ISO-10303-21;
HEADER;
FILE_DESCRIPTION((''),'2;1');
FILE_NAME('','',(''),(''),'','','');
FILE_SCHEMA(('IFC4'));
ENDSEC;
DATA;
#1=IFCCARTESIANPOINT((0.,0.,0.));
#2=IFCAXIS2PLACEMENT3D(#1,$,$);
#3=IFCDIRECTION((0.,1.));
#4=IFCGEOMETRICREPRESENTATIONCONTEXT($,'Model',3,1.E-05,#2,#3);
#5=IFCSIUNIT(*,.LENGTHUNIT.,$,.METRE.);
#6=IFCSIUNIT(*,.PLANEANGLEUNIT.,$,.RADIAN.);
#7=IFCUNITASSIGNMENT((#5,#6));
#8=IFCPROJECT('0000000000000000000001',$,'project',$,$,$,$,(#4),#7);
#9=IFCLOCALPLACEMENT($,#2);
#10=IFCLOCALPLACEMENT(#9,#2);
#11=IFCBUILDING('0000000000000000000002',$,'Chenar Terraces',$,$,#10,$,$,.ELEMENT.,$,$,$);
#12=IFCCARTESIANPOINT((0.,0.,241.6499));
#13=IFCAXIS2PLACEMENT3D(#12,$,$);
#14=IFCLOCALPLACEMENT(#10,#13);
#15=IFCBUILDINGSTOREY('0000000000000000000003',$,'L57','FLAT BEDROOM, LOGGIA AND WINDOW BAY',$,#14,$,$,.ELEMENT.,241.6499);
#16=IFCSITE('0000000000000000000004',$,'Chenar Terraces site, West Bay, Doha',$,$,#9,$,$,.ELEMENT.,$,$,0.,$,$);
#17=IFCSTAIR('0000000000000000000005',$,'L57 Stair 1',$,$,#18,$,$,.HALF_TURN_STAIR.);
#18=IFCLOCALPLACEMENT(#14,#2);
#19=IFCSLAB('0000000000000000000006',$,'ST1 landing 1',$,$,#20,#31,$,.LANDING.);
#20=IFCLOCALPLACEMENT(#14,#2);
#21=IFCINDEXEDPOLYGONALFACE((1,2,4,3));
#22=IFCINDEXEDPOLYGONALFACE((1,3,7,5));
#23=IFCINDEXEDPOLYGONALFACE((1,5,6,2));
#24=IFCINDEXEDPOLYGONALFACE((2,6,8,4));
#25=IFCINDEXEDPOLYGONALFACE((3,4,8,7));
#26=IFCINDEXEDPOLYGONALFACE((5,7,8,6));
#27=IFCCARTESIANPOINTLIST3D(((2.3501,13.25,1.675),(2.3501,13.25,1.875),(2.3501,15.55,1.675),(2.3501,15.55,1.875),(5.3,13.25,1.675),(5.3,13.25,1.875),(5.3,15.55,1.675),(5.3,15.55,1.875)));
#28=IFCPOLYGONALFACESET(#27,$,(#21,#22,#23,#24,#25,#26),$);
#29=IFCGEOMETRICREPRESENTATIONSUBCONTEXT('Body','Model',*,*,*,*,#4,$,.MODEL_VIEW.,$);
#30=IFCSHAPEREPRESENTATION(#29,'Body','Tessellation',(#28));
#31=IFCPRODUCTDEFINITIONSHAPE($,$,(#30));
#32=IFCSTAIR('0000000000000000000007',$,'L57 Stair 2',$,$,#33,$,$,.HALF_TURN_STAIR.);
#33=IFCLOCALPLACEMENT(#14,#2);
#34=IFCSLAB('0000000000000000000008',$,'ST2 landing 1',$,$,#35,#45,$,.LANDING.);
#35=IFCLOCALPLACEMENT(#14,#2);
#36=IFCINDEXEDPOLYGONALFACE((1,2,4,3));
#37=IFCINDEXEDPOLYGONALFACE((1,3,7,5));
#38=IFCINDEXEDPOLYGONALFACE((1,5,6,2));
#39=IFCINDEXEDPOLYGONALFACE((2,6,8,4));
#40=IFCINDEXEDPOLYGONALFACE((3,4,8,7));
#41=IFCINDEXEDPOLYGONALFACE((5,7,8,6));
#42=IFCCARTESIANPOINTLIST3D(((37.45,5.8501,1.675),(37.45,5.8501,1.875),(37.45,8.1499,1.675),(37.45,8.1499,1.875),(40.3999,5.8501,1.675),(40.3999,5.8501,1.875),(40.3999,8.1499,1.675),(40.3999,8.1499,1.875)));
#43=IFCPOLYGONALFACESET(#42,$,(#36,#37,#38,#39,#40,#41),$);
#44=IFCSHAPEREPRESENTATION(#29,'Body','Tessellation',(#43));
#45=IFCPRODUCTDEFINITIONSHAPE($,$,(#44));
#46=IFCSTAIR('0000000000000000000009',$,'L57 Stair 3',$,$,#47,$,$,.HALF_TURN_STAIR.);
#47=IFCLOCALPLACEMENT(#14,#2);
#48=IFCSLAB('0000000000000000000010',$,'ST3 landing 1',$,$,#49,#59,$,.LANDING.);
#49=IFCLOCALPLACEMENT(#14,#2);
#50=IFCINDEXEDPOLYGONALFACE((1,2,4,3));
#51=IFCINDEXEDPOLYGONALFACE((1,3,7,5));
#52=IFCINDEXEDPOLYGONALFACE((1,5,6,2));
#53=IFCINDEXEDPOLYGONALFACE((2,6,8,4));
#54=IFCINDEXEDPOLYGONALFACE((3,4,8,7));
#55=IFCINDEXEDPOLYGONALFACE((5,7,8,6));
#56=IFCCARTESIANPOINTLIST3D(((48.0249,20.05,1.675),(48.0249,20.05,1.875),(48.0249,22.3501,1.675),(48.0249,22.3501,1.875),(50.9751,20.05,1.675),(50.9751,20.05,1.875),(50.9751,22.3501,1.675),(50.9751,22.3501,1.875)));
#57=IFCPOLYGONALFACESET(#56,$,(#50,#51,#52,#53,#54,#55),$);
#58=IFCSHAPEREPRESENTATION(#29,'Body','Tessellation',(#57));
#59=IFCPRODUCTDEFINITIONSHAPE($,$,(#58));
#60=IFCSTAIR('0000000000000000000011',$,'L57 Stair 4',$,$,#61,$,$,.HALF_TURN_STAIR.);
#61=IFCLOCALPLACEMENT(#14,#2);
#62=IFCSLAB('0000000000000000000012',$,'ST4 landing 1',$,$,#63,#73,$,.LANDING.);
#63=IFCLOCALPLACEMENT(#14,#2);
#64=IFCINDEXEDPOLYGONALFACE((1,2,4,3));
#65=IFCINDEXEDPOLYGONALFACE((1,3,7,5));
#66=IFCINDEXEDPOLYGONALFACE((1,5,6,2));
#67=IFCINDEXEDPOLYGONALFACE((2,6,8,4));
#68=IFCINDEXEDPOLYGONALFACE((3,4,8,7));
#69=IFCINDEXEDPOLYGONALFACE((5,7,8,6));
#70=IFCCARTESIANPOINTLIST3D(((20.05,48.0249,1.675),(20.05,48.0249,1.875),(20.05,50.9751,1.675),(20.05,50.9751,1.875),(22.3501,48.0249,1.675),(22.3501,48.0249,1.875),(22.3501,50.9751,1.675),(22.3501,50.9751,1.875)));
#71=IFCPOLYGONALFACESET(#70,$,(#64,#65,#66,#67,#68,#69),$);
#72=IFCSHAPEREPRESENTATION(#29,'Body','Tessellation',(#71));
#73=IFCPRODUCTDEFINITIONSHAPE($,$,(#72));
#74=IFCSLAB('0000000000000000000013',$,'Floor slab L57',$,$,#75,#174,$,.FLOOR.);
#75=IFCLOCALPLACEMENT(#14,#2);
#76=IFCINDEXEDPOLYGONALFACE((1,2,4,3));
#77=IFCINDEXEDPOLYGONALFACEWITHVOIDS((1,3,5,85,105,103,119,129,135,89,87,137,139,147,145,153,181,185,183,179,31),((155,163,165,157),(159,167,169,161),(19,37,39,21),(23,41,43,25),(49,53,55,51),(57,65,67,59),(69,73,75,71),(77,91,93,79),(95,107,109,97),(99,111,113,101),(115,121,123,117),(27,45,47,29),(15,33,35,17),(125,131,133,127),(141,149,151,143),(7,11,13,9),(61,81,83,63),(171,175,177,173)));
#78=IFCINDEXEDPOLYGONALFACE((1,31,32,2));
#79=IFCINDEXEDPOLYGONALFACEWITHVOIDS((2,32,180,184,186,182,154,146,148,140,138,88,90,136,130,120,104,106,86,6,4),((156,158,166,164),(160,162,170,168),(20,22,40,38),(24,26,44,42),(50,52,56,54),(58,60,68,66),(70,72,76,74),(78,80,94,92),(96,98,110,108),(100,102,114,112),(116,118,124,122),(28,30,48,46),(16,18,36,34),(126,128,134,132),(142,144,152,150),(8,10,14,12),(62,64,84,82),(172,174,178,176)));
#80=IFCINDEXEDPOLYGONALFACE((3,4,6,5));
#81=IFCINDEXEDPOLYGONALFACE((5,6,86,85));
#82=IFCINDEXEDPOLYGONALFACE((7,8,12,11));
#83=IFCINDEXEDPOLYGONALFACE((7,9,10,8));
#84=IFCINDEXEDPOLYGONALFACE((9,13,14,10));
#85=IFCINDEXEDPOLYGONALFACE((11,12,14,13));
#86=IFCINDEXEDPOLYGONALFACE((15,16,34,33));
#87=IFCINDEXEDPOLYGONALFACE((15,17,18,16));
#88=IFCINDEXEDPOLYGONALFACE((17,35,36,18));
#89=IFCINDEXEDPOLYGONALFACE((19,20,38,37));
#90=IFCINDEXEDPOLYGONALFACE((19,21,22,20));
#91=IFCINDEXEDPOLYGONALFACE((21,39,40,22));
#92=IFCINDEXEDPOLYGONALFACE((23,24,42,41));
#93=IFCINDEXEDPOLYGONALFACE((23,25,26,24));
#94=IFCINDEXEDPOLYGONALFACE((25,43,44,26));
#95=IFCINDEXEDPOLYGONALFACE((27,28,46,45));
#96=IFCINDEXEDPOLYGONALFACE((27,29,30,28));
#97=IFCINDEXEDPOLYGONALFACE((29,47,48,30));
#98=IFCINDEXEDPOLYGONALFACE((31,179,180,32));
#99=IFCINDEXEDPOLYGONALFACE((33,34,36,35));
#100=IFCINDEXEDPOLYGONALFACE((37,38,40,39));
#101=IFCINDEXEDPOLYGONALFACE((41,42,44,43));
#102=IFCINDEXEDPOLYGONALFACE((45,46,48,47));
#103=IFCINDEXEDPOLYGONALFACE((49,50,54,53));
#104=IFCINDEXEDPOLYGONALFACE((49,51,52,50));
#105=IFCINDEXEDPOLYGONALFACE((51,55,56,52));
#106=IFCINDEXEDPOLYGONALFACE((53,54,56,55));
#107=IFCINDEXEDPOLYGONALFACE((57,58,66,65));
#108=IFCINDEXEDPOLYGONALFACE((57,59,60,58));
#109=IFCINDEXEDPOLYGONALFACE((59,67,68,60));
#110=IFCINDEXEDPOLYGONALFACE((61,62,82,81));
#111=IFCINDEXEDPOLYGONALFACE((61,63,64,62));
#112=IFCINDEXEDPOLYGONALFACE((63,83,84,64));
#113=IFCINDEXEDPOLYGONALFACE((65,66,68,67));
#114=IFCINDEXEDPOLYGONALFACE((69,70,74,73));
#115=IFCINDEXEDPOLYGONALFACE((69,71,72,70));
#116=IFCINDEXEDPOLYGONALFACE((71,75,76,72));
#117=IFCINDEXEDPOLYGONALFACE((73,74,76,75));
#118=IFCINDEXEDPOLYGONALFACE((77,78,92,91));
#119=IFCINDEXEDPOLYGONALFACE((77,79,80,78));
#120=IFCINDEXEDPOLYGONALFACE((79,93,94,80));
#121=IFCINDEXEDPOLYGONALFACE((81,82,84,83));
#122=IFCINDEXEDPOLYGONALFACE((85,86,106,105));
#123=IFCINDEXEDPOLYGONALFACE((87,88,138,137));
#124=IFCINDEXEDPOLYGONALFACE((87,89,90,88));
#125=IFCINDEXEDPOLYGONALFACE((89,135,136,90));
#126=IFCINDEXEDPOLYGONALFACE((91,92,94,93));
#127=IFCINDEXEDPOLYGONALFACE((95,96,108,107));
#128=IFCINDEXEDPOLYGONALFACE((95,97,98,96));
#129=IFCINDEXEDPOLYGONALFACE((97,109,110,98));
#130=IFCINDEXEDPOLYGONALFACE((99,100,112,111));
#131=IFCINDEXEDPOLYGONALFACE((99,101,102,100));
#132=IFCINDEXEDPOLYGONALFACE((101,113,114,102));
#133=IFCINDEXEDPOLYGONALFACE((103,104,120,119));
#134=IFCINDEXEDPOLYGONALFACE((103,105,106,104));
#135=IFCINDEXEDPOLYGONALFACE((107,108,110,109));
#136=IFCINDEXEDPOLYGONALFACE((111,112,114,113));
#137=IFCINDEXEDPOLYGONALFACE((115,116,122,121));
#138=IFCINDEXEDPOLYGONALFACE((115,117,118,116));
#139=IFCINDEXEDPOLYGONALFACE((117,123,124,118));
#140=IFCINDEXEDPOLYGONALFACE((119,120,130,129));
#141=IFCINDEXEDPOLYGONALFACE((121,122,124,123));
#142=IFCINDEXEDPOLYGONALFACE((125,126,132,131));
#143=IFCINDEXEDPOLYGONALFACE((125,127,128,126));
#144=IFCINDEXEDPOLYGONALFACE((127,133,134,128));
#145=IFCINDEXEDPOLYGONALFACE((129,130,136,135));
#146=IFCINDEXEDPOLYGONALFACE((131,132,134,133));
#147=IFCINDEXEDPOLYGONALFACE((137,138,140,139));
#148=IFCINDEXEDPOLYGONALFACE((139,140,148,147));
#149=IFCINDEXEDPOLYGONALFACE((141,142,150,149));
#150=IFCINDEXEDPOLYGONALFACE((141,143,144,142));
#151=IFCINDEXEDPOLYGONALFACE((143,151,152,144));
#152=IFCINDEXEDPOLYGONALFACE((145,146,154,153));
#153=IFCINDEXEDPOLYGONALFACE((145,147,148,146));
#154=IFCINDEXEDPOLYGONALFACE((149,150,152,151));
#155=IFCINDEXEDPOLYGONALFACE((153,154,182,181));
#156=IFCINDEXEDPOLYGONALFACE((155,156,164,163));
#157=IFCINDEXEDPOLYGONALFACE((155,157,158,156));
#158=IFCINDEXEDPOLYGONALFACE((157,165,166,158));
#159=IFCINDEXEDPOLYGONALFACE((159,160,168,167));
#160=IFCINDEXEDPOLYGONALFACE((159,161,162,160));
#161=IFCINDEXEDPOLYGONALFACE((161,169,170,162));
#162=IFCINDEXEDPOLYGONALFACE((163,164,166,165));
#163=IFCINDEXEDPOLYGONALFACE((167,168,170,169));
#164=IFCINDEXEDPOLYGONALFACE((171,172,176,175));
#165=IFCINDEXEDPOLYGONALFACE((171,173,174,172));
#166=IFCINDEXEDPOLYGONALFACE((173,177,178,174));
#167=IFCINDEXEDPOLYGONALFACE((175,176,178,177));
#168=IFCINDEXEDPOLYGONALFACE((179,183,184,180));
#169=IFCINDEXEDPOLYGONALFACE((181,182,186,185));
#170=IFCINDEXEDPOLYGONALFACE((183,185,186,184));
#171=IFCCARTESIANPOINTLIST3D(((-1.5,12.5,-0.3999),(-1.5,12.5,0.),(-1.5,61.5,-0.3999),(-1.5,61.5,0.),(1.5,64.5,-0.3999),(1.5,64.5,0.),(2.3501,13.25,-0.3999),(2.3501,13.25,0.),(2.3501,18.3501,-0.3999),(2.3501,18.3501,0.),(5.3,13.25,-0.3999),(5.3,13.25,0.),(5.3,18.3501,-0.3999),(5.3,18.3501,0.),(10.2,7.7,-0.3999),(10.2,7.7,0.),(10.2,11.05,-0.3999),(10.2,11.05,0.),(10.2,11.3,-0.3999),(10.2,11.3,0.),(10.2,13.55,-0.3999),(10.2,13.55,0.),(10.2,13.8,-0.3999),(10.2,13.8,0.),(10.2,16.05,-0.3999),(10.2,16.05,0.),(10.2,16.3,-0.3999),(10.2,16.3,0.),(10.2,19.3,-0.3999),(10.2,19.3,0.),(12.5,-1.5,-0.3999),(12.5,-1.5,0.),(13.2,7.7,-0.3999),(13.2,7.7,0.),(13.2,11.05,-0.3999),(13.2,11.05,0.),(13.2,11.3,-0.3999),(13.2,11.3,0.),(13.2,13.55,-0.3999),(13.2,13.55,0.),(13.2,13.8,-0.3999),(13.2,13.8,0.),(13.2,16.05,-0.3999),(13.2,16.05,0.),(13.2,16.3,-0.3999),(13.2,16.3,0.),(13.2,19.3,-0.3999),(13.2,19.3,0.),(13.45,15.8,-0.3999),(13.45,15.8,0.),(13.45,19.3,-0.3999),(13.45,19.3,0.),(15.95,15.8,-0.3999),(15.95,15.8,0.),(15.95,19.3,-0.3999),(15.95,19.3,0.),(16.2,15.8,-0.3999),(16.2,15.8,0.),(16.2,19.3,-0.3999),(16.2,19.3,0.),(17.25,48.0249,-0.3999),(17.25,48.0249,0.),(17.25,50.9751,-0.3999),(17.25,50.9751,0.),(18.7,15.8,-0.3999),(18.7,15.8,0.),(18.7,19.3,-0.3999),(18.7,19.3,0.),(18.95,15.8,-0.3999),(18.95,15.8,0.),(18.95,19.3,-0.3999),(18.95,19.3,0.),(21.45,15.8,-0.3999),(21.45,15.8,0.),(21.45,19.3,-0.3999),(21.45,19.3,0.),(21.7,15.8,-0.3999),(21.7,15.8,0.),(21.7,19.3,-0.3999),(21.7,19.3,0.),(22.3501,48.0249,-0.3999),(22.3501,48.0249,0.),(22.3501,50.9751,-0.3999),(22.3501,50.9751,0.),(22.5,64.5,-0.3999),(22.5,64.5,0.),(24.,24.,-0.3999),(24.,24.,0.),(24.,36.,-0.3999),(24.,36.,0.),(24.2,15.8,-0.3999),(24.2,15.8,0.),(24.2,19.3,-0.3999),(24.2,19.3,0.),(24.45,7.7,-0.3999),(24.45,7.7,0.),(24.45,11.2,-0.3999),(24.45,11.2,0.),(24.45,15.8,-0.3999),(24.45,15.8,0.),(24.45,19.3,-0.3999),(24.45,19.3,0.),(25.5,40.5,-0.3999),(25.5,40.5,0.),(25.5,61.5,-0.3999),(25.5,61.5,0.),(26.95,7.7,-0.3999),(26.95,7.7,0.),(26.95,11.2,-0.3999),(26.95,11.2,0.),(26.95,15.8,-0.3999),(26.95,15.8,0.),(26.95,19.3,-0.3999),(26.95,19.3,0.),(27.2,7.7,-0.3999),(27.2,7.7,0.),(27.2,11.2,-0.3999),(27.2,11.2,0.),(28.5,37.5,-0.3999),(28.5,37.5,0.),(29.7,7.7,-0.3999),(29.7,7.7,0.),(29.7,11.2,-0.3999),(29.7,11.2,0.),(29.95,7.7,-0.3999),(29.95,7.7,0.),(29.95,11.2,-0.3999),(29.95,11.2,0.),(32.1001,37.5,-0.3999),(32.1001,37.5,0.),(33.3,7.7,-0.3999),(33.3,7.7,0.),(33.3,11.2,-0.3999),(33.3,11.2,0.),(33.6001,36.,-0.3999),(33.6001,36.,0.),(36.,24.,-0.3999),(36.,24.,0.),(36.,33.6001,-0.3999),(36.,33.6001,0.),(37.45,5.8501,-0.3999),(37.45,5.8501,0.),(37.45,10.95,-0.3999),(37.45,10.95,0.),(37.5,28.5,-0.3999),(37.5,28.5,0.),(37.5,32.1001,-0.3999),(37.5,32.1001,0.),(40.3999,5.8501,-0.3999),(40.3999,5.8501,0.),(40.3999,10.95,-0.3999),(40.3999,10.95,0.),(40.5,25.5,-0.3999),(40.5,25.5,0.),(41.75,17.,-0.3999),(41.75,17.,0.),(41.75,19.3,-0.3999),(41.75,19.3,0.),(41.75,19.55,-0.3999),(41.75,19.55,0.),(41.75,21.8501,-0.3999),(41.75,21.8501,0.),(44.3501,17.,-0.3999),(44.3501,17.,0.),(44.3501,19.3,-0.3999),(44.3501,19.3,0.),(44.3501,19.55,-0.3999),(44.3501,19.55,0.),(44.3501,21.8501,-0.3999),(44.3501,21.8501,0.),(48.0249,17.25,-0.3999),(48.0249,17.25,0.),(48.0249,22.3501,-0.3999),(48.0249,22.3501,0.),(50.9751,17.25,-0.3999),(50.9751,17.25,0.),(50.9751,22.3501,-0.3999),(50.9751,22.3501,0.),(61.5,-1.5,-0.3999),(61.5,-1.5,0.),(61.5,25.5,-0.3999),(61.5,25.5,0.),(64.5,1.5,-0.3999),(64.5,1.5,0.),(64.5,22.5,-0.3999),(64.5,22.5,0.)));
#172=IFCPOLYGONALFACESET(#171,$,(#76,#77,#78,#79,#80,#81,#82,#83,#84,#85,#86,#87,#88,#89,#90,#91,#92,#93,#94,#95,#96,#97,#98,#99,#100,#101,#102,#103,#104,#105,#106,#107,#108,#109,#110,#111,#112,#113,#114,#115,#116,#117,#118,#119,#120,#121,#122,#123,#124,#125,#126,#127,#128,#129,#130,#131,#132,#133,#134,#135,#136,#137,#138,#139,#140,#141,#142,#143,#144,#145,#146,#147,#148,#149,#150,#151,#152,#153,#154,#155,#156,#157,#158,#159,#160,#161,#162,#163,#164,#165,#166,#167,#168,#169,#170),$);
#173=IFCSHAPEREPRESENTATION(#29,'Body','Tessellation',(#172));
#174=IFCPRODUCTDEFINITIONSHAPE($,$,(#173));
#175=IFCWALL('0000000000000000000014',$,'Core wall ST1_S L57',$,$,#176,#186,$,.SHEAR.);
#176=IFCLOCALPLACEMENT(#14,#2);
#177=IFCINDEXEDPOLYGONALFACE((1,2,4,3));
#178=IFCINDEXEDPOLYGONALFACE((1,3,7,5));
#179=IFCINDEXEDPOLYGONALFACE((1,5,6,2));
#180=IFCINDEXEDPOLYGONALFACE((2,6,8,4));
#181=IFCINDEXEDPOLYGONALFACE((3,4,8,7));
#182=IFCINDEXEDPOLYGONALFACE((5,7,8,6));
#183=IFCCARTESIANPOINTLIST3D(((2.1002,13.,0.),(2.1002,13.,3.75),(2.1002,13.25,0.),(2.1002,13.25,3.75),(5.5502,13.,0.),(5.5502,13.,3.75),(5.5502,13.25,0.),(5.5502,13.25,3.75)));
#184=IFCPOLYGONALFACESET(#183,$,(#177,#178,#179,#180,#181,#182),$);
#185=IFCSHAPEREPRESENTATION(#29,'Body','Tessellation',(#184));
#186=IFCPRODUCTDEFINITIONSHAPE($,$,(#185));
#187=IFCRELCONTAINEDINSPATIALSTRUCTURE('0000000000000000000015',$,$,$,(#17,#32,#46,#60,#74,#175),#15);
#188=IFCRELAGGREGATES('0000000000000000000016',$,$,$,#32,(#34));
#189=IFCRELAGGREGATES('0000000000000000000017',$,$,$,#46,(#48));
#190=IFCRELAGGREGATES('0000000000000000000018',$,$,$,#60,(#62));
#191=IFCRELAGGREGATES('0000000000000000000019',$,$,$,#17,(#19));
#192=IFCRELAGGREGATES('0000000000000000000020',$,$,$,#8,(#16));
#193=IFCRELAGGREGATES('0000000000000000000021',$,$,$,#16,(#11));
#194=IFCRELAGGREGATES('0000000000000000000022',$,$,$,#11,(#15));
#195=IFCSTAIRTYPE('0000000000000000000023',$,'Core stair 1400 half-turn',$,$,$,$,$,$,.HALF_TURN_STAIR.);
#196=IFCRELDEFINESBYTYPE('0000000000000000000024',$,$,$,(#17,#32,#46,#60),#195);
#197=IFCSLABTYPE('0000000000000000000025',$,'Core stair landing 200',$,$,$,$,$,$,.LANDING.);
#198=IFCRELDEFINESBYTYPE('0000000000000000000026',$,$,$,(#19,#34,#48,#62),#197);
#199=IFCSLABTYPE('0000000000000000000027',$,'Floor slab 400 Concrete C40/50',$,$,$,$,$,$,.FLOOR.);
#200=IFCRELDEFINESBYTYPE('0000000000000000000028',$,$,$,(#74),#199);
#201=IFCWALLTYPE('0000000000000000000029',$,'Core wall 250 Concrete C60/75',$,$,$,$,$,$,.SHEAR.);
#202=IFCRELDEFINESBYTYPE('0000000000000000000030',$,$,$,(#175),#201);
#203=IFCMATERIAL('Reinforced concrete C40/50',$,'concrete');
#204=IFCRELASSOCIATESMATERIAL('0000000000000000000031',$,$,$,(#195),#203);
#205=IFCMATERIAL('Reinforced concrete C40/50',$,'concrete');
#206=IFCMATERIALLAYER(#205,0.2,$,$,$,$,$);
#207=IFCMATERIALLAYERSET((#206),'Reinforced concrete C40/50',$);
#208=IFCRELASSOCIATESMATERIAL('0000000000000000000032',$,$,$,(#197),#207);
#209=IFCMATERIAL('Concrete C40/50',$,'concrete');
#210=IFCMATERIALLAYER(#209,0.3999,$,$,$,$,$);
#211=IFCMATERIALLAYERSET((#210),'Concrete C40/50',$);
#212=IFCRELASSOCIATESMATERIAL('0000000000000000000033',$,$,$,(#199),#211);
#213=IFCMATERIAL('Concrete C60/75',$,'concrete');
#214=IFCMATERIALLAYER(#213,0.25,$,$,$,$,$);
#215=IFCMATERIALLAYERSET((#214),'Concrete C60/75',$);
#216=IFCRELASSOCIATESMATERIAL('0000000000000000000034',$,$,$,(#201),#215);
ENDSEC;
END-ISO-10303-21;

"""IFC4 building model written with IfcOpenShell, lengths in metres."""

from ifc_helpers import new_model, si_unit, direction, frame, frame_2d, origin, place, context, subcontext, project, spatial, polyline, rectangle, outline, extrude, material, layer, layer_set, type_object, element, aggregate, save


model = new_model("IFC4")

# Units and contexts
model_context = context("Model", 3, precision=1e-05, world=origin(), true_north=direction((0.0, 1.0)))
body_context = subcontext(model_context, "Body", "Model", "MODEL_VIEW")
ifc_project = project(units=[si_unit("LENGTHUNIT", "METRE"), si_unit("PLANEANGLEUNIT", "RADIAN")], contexts=[model_context])

# Site, building, storey
site_placement = place(None, origin())
site = spatial("IfcSite", under=ifc_project, at=site_placement, Name="Chenar Terraces site, West Bay, Doha", CompositionType="ELEMENT", RefElevation=0.0)
building_placement = place(site_placement, origin())
building = spatial("IfcBuilding", under=site, at=building_placement, Name="Chenar Terraces", CompositionType="ELEMENT")
storey_placement = place(building_placement, frame((0.0, 0.0, 241.6499)))
storey = spatial("IfcBuildingStorey", under=building, at=storey_placement, Name="L57", Description="FLAT BEDROOM, LOGGIA AND WINDOW BAY", CompositionType="ELEMENT", Elevation=241.6499)

# Stairs, slabs
ifc_material_1 = material(Name="Reinforced concrete C40/50", Category="concrete")
stair_type = type_object("IfcStairType", Name="Core stair 1400 half-turn", PredefinedType="HALF_TURN_STAIR", material=ifc_material_1)
placement_1 = place(storey_placement, origin())
stair_1 = element("IfcStair", 1, at=placement_1, inside=storey, type_object=stair_type, Name="L57 Stair 1", PredefinedType="HALF_TURN_STAIR")
ifc_material_2 = material(Name="Reinforced concrete C40/50", Category="concrete")
ifc_layer_1 = layer(ifc_material_2, 0.2)
ifc_layer_set_1 = layer_set([ifc_layer_1], Name="Reinforced concrete C40/50")
slab_type_1 = type_object("IfcSlabType", Name="Core stair landing 200", PredefinedType="LANDING", material=ifc_layer_set_1)
placement_2 = place(storey_placement, frame((0.0, 0.0, 1.675)))
slab_1 = element("IfcSlab", 2, at=placement_2, type_object=slab_type_1, Name="ST1 landing 1", PredefinedType="LANDING", context=body_context, shape_type="SweptSolid", body=[
    extrude(outline(polyline([(2.3501, 15.55), (2.3501, 13.25), (5.3, 13.25), (5.3, 15.55), (2.3501, 15.55)])), origin(), (0.0, 0.0, 1.0), 0.2),
])
stair_2 = element("IfcStair", 3, at=placement_1, inside=storey, type_object=stair_type, Name="L57 Stair 2", PredefinedType="HALF_TURN_STAIR")
slab_2 = element("IfcSlab", 4, at=placement_2, type_object=slab_type_1, Name="ST2 landing 1", PredefinedType="LANDING", context=body_context, shape_type="SweptSolid", body=[
    extrude(outline(polyline([(37.45, 8.1499), (37.45, 5.8501), (40.3999, 5.8501), (40.3999, 8.1499), (37.45, 8.1499)])), origin(), (0.0, 0.0, 1.0), 0.2),
])
aggregate(stair_2, [slab_2])
stair_3 = element("IfcStair", 5, at=placement_1, inside=storey, type_object=stair_type, Name="L57 Stair 3", PredefinedType="HALF_TURN_STAIR")
slab_3 = element("IfcSlab", 6, at=placement_2, type_object=slab_type_1, Name="ST3 landing 1", PredefinedType="LANDING", context=body_context, shape_type="SweptSolid", body=[
    extrude(outline(polyline([(50.9751, 20.05), (50.9751, 22.3501), (48.0249, 22.3501), (48.0249, 20.05), (50.9751, 20.05)])), origin(), (0.0, 0.0, 1.0), 0.2),
])
aggregate(stair_3, [slab_3])
stair_4 = element("IfcStair", 7, at=placement_1, inside=storey, type_object=stair_type, Name="L57 Stair 4", PredefinedType="HALF_TURN_STAIR")
slab_4 = element("IfcSlab", 8, at=placement_2, type_object=slab_type_1, Name="ST4 landing 1", PredefinedType="LANDING", context=body_context, shape_type="SweptSolid", body=[
    extrude(outline(polyline([(20.05, 48.0249), (22.3501, 48.0249), (22.3501, 50.9751), (20.05, 50.9751), (20.05, 48.0249)])), origin(), (0.0, 0.0, 1.0), 0.2),
])
aggregate(stair_4, [slab_4])

# Slab
ifc_material_3 = material(Name="Concrete C40/50", Category="concrete")
ifc_layer_2 = layer(ifc_material_3, 0.3999)
ifc_layer_set_2 = layer_set([ifc_layer_2], Name="Concrete C40/50")
slab_type_2 = type_object("IfcSlabType", Name="Floor slab 400 Concrete C40/50", PredefinedType="FLOOR", material=ifc_layer_set_2)
slab_5_placement = place(storey_placement, frame((0.0, 0.0, -0.3999)))
element("IfcSlab", 9, at=slab_5_placement, inside=storey, type_object=slab_type_2, Name="Floor slab L57", PredefinedType="FLOOR", context=body_context, shape_type="SweptSolid", body=[
    extrude(outline(polyline([(64.5, 22.5), (64.5, 1.5), (61.5, -1.5), (12.5, -1.5), (-1.5, 12.5), (-1.5, 61.5), (1.5, 64.5), (22.5, 64.5), (25.5, 61.5), (25.5, 40.5), (28.5, 37.5), (32.1001, 37.5), (33.6001, 36.0), (24.0, 36.0), (24.0, 24.0), (36.0, 24.0), (36.0, 33.6001), (37.5, 32.1001), (37.5, 28.5), (40.5, 25.5), (61.5, 25.5), (64.5, 22.5)]), holes=[polyline([(13.2, 11.05), (10.2, 11.05), (10.2, 7.7), (13.2, 7.7), (13.2, 11.05)]), polyline([(13.2, 13.55), (10.2, 13.55), (10.2, 11.3), (13.2, 11.3), (13.2, 13.55)]), polyline([(13.2, 16.05), (10.2, 16.05), (10.2, 13.8), (13.2, 13.8), (13.2, 16.05)]), polyline([(2.3501, 13.25), (5.3, 13.25), (5.3, 18.3501), (2.3501, 18.3501), (2.3501, 13.25)]), polyline([(15.95, 19.3), (13.45, 19.3), (13.45, 15.8), (15.95, 15.8), (15.95, 19.3)]), polyline([(18.7, 19.3), (16.2, 19.3), (16.2, 15.8), (18.7, 15.8), (18.7, 19.3)]), polyline([(21.45, 19.3), (18.95, 19.3), (18.95, 15.8), (21.45, 15.8), (21.45, 19.3)]), polyline([(24.2, 15.8), (24.2, 19.3), (21.7, 19.3), (21.7, 15.8), (24.2, 15.8)]), polyline([(13.2, 16.3), (13.2, 19.3), (10.2, 19.3), (10.2, 16.3), (13.2, 16.3)]), polyline([(22.3501, 48.0249), (22.3501, 50.9751), (17.25, 50.9751), (17.25, 48.0249), (22.3501, 48.0249)]), polyline([(37.45, 5.8501), (40.3999, 5.8501), (40.3999, 10.95), (37.45, 10.95), (37.45, 5.8501)]), polyline([(26.95, 11.2), (24.45, 11.2), (24.45, 7.7), (26.95, 7.7), (26.95, 11.2)]), polyline([(29.7, 7.7), (29.7, 11.2), (27.2, 11.2), (27.2, 7.7), (29.7, 7.7)]), polyline([(33.3, 7.7), (33.3, 11.2), (29.95, 11.2), (29.95, 7.7), (33.3, 7.7)]), polyline([(26.95, 19.3), (24.45, 19.3), (24.45, 15.8), (26.95, 15.8), (26.95, 19.3)]), polyline([(44.3501, 19.3), (41.75, 19.3), (41.75, 17.0), (44.3501, 17.0), (44.3501, 19.3)]), polyline([(50.9751, 22.3501), (48.0249, 22.3501), (48.0249, 17.25), (50.9751, 17.25), (50.9751, 22.3501)]), polyline([(44.3501, 19.55), (44.3501, 21.8501), (41.75, 21.8501), (41.75, 19.55), (44.3501, 19.55)])]), origin(), (0.0, 0.0, 1.0), 0.3999),
])

# Wall
ifc_material_4 = material(Name="Concrete C60/75", Category="concrete")
ifc_layer_3 = layer(ifc_material_4, 0.25)
ifc_layer_set_3 = layer_set([ifc_layer_3], Name="Concrete C60/75")
wall_type_1 = type_object("IfcWallType", Name="Core wall 250 Concrete C60/75", PredefinedType="SHEAR", material=ifc_layer_set_3)
wall_1_placement = place(storey_placement, frame((2.1001, 13.125, 0.0), z_axis=(0.0, 0.0, 1.0), x_axis=(1.0, 0.0, 0.0)))
element("IfcWall", 10, at=wall_1_placement, inside=storey, type_object=wall_type_1, Name="Core wall ST1_S L57", PredefinedType="SHEAR", context=body_context, shape_type="SweptSolid", body=[
    extrude(rectangle(XDim=3.45, YDim=0.25, at=frame_2d((1.7251, 0.0))), origin(), (0.0, 0.0, 1.0), 3.75),
])

aggregate(stair_1, [slab_1])

save(model, "model.ifc")
